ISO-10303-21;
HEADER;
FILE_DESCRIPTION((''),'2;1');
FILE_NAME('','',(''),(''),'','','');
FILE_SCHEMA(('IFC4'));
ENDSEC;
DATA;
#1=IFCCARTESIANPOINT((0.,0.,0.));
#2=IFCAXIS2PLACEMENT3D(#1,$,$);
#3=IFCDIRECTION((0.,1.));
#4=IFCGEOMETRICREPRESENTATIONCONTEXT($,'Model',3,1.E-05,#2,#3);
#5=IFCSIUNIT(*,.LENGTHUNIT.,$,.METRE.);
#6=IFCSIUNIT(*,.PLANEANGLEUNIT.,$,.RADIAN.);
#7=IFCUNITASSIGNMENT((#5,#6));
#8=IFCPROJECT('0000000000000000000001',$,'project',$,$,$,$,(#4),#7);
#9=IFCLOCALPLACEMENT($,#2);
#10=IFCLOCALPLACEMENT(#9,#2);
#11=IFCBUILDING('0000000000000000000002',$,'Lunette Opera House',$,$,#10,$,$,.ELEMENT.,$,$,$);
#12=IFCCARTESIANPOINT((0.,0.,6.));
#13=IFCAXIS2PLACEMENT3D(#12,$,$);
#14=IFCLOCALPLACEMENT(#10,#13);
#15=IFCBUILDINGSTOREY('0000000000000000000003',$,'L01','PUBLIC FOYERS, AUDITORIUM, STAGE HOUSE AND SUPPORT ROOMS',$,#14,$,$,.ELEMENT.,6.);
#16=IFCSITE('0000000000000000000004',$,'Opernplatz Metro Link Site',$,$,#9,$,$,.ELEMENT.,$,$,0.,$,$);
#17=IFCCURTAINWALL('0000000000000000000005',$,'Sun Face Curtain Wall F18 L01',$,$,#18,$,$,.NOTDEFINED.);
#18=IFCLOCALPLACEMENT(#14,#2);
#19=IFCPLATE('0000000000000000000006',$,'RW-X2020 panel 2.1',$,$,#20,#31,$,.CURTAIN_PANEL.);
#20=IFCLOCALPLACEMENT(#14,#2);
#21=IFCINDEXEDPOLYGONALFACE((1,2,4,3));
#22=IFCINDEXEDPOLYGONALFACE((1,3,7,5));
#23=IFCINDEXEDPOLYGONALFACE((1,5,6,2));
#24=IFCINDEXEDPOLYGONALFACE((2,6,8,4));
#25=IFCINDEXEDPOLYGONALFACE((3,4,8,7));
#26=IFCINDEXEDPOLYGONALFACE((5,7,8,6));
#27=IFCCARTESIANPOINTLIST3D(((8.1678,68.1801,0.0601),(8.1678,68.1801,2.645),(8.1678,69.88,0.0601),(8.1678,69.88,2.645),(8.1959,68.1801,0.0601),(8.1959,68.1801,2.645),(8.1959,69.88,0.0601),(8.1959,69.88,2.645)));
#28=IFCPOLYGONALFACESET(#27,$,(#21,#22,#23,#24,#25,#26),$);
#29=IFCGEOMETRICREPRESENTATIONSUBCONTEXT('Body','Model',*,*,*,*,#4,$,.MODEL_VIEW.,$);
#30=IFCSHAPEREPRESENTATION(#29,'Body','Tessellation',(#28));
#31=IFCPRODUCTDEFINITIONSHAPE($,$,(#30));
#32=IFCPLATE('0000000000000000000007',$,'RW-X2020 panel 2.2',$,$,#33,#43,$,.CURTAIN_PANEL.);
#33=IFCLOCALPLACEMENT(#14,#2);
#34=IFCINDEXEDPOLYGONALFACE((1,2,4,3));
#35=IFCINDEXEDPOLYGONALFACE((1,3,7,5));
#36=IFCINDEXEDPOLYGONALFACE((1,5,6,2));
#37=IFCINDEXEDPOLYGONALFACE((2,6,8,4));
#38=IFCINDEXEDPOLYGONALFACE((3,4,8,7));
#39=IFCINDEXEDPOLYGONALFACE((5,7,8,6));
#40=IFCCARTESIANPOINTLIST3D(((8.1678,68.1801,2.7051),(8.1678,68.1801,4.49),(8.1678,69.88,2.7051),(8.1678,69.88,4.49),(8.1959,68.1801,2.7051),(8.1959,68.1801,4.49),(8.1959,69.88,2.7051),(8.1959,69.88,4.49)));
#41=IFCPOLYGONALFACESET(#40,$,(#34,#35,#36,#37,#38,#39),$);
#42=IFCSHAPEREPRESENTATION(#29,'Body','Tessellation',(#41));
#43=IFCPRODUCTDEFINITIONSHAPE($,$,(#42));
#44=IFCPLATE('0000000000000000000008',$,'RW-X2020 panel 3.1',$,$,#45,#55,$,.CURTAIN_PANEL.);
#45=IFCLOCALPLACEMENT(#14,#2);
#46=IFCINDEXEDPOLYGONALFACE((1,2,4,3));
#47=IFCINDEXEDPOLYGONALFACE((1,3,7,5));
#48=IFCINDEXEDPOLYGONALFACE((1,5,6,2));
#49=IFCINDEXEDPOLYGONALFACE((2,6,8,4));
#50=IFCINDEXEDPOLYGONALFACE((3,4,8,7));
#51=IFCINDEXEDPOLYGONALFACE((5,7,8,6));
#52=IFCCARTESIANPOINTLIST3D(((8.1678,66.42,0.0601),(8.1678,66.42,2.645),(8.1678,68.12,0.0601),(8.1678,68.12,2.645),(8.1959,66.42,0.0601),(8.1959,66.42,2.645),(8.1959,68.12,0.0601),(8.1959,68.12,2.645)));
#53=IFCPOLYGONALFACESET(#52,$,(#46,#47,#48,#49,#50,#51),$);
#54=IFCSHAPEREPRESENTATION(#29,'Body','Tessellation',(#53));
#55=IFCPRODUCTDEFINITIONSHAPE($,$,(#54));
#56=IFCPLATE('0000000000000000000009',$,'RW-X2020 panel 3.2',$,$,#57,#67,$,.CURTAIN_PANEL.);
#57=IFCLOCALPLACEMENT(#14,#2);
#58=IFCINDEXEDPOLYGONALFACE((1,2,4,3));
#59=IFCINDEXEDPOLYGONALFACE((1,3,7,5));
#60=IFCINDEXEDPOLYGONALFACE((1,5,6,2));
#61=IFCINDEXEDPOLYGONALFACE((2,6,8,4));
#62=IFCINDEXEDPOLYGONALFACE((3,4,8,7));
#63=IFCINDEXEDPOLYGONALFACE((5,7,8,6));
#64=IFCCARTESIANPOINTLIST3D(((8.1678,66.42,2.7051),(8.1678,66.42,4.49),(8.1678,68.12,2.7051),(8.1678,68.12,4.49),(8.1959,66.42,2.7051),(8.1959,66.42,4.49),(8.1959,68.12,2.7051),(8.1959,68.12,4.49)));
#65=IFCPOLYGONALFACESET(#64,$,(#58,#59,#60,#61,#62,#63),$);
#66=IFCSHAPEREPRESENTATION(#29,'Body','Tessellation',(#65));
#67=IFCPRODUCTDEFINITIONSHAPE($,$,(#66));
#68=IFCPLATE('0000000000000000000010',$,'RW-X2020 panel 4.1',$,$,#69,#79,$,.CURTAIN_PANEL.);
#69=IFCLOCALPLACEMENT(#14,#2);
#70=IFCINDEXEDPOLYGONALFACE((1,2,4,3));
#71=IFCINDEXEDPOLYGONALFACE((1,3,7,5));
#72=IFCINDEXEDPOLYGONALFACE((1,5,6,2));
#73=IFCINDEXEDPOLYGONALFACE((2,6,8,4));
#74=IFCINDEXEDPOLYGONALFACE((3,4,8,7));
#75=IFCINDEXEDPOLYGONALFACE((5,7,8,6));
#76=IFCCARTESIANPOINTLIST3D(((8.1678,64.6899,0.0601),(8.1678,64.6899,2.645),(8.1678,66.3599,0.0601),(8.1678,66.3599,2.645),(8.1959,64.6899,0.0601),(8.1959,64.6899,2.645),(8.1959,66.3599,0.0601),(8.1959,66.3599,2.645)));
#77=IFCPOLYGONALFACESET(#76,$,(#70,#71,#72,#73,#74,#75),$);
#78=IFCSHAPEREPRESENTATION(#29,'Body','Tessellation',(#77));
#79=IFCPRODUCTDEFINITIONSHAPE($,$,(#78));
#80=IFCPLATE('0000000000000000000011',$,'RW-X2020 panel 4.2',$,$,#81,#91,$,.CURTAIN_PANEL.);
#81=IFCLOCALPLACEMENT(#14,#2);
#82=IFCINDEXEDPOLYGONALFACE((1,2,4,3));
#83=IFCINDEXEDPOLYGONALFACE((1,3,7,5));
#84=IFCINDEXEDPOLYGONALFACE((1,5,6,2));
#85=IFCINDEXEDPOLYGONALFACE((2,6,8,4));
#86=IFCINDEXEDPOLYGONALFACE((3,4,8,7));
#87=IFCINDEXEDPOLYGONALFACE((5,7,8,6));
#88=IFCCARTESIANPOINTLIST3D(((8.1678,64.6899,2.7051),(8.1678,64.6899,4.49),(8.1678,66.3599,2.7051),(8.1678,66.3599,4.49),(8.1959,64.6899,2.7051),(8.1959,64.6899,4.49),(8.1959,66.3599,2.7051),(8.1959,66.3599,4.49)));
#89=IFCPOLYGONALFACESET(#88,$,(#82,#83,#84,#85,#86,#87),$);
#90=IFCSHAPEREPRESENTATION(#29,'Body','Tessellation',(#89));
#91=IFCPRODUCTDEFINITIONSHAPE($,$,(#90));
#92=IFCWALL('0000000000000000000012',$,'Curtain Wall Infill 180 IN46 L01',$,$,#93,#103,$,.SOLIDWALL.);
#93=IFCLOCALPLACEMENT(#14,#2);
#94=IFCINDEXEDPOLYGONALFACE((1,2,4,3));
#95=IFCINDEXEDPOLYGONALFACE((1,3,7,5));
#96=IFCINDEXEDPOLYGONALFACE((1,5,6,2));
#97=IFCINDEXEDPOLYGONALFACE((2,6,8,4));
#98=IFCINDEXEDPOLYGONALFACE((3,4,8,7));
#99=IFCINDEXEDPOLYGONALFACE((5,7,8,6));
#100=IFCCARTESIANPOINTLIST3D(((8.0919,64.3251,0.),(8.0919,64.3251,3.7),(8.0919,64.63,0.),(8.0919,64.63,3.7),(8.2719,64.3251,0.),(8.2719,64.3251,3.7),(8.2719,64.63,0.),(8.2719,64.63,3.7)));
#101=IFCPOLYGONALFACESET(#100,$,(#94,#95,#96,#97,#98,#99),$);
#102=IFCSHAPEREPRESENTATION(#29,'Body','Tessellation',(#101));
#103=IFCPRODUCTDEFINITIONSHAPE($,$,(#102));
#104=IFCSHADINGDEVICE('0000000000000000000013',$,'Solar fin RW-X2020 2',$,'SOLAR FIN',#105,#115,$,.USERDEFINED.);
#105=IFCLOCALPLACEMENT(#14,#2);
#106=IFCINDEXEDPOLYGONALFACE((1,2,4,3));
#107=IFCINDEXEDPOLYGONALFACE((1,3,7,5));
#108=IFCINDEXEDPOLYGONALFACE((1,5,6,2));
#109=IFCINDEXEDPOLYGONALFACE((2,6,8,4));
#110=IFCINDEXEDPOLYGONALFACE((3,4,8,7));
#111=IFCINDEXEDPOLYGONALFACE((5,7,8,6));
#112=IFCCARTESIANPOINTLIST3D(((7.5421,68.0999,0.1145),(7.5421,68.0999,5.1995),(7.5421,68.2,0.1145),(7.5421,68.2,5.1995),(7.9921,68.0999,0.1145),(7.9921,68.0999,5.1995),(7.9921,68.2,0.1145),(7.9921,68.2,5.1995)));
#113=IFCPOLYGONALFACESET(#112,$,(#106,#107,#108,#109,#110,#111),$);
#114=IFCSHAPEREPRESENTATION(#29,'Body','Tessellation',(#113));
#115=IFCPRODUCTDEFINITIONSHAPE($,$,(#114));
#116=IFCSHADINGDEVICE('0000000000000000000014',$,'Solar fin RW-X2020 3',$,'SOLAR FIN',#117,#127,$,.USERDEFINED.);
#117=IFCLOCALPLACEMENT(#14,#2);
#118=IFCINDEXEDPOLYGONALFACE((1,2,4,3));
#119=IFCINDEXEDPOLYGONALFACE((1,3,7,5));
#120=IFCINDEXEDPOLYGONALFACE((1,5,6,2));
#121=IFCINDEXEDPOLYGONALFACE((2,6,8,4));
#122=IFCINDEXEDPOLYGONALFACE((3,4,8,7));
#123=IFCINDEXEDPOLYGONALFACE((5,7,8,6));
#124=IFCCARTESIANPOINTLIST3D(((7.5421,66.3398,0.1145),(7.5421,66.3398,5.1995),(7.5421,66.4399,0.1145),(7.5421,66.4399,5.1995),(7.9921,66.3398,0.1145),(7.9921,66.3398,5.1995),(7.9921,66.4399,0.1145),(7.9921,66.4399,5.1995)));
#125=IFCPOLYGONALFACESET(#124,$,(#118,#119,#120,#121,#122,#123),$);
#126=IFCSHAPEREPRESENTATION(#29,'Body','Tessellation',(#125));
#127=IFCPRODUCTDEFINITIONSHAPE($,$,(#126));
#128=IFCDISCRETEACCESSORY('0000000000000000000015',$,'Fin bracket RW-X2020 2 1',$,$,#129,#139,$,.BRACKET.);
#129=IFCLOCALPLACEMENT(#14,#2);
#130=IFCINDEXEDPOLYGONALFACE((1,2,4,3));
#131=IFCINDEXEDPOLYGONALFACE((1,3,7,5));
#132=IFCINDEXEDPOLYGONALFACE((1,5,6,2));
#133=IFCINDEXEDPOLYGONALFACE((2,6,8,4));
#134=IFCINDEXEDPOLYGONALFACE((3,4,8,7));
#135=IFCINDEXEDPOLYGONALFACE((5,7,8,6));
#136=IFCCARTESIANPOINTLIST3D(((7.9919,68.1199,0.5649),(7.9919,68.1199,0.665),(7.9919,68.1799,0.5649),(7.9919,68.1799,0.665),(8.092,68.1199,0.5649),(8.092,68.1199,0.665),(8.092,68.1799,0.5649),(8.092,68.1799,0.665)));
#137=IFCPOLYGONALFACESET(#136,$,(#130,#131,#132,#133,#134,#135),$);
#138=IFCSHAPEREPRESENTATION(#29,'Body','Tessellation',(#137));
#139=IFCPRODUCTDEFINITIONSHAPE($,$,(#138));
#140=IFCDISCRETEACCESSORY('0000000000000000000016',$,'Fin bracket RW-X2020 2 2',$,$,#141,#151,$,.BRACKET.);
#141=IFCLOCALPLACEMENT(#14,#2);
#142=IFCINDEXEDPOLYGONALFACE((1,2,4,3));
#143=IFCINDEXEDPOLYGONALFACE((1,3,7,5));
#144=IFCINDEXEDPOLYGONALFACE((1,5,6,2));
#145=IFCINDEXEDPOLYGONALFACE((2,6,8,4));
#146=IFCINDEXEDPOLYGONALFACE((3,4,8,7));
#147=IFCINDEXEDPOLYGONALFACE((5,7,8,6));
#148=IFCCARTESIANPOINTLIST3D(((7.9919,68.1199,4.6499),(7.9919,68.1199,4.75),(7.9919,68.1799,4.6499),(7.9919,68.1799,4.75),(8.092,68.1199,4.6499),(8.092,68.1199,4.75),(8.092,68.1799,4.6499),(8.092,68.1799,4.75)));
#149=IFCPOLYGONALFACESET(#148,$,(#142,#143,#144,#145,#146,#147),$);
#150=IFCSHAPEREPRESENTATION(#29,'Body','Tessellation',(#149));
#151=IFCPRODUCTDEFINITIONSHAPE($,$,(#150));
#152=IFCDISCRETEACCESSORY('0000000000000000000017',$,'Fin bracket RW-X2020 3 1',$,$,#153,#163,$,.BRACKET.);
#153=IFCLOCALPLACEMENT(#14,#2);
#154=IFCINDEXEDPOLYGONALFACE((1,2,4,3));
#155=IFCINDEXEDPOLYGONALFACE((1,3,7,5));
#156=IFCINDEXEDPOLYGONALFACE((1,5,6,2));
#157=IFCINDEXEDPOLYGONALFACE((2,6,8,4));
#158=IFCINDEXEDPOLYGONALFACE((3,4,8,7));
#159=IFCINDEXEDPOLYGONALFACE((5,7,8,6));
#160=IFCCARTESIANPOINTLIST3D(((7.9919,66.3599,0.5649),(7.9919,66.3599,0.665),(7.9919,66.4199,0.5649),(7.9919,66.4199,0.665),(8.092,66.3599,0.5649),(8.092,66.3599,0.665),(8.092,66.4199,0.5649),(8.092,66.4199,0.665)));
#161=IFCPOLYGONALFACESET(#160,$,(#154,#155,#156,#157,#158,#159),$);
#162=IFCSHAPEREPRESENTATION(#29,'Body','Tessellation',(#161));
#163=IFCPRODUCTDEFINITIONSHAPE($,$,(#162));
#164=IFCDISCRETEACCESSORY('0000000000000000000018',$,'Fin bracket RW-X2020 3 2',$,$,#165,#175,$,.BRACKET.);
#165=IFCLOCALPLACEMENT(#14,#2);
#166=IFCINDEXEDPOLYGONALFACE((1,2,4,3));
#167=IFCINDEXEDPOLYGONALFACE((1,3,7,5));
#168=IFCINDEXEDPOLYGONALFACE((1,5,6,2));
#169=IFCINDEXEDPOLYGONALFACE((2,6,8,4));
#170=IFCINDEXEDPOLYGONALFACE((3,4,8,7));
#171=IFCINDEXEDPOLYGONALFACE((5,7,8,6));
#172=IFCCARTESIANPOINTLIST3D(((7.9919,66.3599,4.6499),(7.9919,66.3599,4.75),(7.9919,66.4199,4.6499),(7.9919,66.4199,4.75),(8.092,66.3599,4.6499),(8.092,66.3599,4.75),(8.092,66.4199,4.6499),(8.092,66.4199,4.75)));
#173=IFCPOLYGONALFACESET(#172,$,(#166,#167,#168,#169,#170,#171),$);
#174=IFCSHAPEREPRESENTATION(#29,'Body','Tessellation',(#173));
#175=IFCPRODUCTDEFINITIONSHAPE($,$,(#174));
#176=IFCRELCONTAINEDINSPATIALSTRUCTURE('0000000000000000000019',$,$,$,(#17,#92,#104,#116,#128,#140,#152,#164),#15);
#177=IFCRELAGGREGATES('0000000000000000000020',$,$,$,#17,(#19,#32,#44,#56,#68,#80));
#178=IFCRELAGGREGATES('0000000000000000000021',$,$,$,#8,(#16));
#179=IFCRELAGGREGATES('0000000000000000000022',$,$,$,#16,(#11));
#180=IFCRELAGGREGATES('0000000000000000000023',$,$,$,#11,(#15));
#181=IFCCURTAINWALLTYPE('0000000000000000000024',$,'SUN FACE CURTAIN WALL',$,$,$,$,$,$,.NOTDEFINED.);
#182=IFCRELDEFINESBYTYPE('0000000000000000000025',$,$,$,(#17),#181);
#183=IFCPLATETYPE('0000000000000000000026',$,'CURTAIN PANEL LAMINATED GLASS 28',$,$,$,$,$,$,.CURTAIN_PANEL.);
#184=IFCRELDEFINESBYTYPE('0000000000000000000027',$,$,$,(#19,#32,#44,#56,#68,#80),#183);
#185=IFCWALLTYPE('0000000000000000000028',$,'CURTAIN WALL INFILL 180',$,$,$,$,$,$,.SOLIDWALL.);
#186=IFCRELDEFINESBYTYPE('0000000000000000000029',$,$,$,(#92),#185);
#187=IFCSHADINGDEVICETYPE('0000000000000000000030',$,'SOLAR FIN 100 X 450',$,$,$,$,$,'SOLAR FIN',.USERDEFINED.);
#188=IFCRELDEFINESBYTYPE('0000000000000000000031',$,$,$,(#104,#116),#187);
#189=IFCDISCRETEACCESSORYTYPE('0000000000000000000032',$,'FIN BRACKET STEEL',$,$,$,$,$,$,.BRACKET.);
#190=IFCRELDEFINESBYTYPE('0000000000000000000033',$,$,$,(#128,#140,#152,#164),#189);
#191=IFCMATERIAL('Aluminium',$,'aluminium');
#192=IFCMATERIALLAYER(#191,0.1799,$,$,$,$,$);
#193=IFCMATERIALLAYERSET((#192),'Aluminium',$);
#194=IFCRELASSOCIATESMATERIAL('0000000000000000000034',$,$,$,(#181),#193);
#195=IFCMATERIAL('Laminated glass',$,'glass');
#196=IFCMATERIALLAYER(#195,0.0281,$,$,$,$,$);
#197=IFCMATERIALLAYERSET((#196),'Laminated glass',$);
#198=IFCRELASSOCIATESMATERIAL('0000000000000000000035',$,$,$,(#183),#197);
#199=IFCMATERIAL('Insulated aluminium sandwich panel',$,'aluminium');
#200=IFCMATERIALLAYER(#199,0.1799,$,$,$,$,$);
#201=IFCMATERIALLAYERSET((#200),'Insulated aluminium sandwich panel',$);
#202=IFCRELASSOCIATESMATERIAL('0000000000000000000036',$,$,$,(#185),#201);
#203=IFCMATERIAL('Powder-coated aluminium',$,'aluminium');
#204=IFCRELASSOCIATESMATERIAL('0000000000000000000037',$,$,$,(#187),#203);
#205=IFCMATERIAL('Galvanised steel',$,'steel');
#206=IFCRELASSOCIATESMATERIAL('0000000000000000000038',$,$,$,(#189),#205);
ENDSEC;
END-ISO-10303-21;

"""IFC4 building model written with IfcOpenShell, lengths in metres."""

from ifc_helpers import new_model, si_unit, direction, frame, frame_2d, origin, origin_2d, place, context, subcontext, project, spatial, rectangle, extrude, material, layer, layer_set, type_object, element, aggregate, save


model = new_model("IFC4")

# Units and contexts
model_context = context("Model", 3, precision=1e-05, world=origin(), true_north=direction((0.0, 1.0)))
body_context = subcontext(model_context, "Body", "Model", "MODEL_VIEW")
ifc_project = project(units=[si_unit("LENGTHUNIT", "METRE"), si_unit("PLANEANGLEUNIT", "RADIAN")], contexts=[model_context])

# Site, building, storey
site_placement = place(None, origin())
site = spatial("IfcSite", under=ifc_project, at=site_placement, Name="Opernplatz Metro Link Site", CompositionType="ELEMENT", RefElevation=0.0)
building_placement = place(site_placement, origin())
building = spatial("IfcBuilding", under=site, at=building_placement, Name="Lunette Opera House", CompositionType="ELEMENT")
storey_placement = place(building_placement, frame((0.0, 0.0, 6.0)))
storey = spatial("IfcBuildingStorey", under=building, at=storey_placement, Name="L01", Description="PUBLIC FOYERS, AUDITORIUM, STAGE HOUSE AND SUPPORT ROOMS", CompositionType="ELEMENT", Elevation=6.0)

# Curtain wall
ifc_material_1 = material(Name="Aluminium", Category="aluminium")
ifc_layer_1 = layer(ifc_material_1, 0.1799)
ifc_layer_set_1 = layer_set([ifc_layer_1], Name="Aluminium")
curtain_wall_type = type_object("IfcCurtainWallType", Name="SUN FACE CURTAIN WALL", PredefinedType="NOTDEFINED", material=ifc_layer_set_1)
curtain_wall_placement = place(storey_placement, origin())
curtain_wall = element("IfcCurtainWall", 1, at=curtain_wall_placement, inside=storey, type_object=curtain_wall_type, Name="Sun Face Curtain Wall F18 L01", PredefinedType="NOTDEFINED")

# Plates
ifc_material_2 = material(Name="Laminated glass", Category="glass")
ifc_layer_2 = layer(ifc_material_2, 0.0281)
ifc_layer_set_2 = layer_set([ifc_layer_2], Name="Laminated glass")
plate_type = type_object("IfcPlateType", Name="CURTAIN PANEL LAMINATED GLASS 28", PredefinedType="CURTAIN_PANEL", material=ifc_layer_set_2)
plate_1_placement = place(storey_placement, frame((8.1819, 69.03, 0.0601), z_axis=(0.0, 0.0, 1.0), x_axis=(0.0, -1.0, 0.0)))
plate_1 = element("IfcPlate", 2, at=plate_1_placement, type_object=plate_type, Name="RW-X2020 panel 2.1", PredefinedType="CURTAIN_PANEL", context=body_context, shape_type="SweptSolid", body=[
    extrude(rectangle(XDim=1.7, YDim=0.0281, at=origin_2d()), origin(), (0.0, 0.0, 1.0), 2.585),
])
plate_2_placement = place(storey_placement, frame((8.1819, 69.03, 2.7051), z_axis=(0.0, 0.0, 1.0), x_axis=(0.0, -1.0, 0.0)))
plate_2 = element("IfcPlate", 3, at=plate_2_placement, type_object=plate_type, Name="RW-X2020 panel 2.2", PredefinedType="CURTAIN_PANEL", context=body_context, shape_type="SweptSolid", body=[
    extrude(rectangle(XDim=1.7, YDim=0.0281, at=origin_2d()), origin(), (0.0, 0.0, 1.0), 1.7849),
])
plate_3_placement = place(storey_placement, frame((8.1819, 67.27, 0.0601), z_axis=(0.0, 0.0, 1.0), x_axis=(0.0, -1.0, 0.0)))
plate_3 = element("IfcPlate", 4, at=plate_3_placement, type_object=plate_type, Name="RW-X2020 panel 3.1", PredefinedType="CURTAIN_PANEL", context=body_context, shape_type="SweptSolid", body=[
    extrude(rectangle(XDim=1.7, YDim=0.0281, at=origin_2d()), origin(), (0.0, 0.0, 1.0), 2.585),
])
plate_4_placement = place(storey_placement, frame((8.1819, 67.27, 2.7051), z_axis=(0.0, 0.0, 1.0), x_axis=(0.0, -1.0, 0.0)))
plate_4 = element("IfcPlate", 5, at=plate_4_placement, type_object=plate_type, Name="RW-X2020 panel 3.2", PredefinedType="CURTAIN_PANEL", context=body_context, shape_type="SweptSolid", body=[
    extrude(rectangle(XDim=1.7, YDim=0.0281, at=origin_2d()), origin(), (0.0, 0.0, 1.0), 1.7849),
])
plate_5_placement = place(storey_placement, frame((8.1819, 65.5249, 0.0601), z_axis=(0.0, 0.0, 1.0), x_axis=(0.0, -1.0, 0.0)))
plate_5 = element("IfcPlate", 6, at=plate_5_placement, type_object=plate_type, Name="RW-X2020 panel 4.1", PredefinedType="CURTAIN_PANEL", context=body_context, shape_type="SweptSolid", body=[
    extrude(rectangle(XDim=1.6699, YDim=0.0281, at=origin_2d()), origin(), (0.0, 0.0, 1.0), 2.585),
])
plate_6_placement = place(storey_placement, frame((8.1819, 65.5249, 2.7051), z_axis=(0.0, 0.0, 1.0), x_axis=(0.0, -1.0, 0.0)))
plate_6 = element("IfcPlate", 7, at=plate_6_placement, type_object=plate_type, Name="RW-X2020 panel 4.2", PredefinedType="CURTAIN_PANEL", context=body_context, shape_type="SweptSolid", body=[
    extrude(rectangle(XDim=1.6699, YDim=0.0281, at=origin_2d()), origin(), (0.0, 0.0, 1.0), 1.7849),
])
aggregate(curtain_wall, [plate_1, plate_2, plate_3, plate_4, plate_5, plate_6])

# Wall
ifc_material_3 = material(Name="Insulated aluminium sandwich panel", Category="aluminium")
ifc_layer_3 = layer(ifc_material_3, 0.1799)
ifc_layer_set_3 = layer_set([ifc_layer_3], Name="Insulated aluminium sandwich panel")
wall_type = type_object("IfcWallType", Name="CURTAIN WALL INFILL 180", PredefinedType="SOLIDWALL", material=ifc_layer_set_3)
wall_placement = place(storey_placement, frame((8.1819, 64.6299, 0.0), z_axis=(0.0, 0.0, 1.0), x_axis=(0.0, -1.0, 0.0)))
element("IfcWall", 8, at=wall_placement, inside=storey, type_object=wall_type, Name="Curtain Wall Infill 180 IN46 L01", PredefinedType="SOLIDWALL", context=body_context, shape_type="SweptSolid", body=[
    extrude(rectangle(XDim=0.3049, YDim=0.1799, at=frame_2d((0.1523, 0.0))), origin(), (0.0, 0.0, 1.0), 3.7),
])

# Shading devices
ifc_material_4 = material(Name="Powder-coated aluminium", Category="aluminium")
shading_device_type = type_object("IfcShadingDeviceType", Name="SOLAR FIN 100 X 450", ElementType="SOLAR FIN", PredefinedType="USERDEFINED", material=ifc_material_4)
for number, where, z_axis, x_axis, name in (
    (9, (7.7671, 68.1499, 0.1145), (0.0, 0.0, 1.0), (-1.0, 0.0, 0.0), "Solar fin RW-X2020 2"),
    (10, (7.7671, 66.3899, 0.1145), (0.0, 0.0, 1.0), (-1.0, 0.0, 0.0), "Solar fin RW-X2020 3"),
):
    element("IfcShadingDevice", number, at=place(storey_placement, frame(where, z_axis=z_axis, x_axis=x_axis)), inside=storey, type_object=shading_device_type, Name=name, ObjectType="SOLAR FIN", PredefinedType="USERDEFINED", context=body_context, shape_type="SweptSolid", body=[
        extrude(rectangle(XDim=0.45, YDim=0.1001, at=origin_2d()), origin(), (0.0, 0.0, 1.0), 5.085),
    ])

# Discrete accessories
ifc_material_5 = material(Name="Galvanised steel", Category="steel")
discrete_accessory_type = type_object("IfcDiscreteAccessoryType", Name="FIN BRACKET STEEL", PredefinedType="BRACKET", material=ifc_material_5)
for number, where, z_axis, x_axis, name in (
    (11, (8.042, 68.1499, 0.5649), (0.0, 0.0, 1.0), (-1.0, 0.0, 0.0), "Fin bracket RW-X2020 2 1"),
    (12, (8.042, 68.1499, 4.6499), (0.0, 0.0, 1.0), (-1.0, 0.0, 0.0), "Fin bracket RW-X2020 2 2"),
    (13, (8.042, 66.3899, 0.5649), (0.0, 0.0, 1.0), (-1.0, 0.0, 0.0), "Fin bracket RW-X2020 3 1"),
    (14, (8.042, 66.3899, 4.6499), (0.0, 0.0, 1.0), (-1.0, 0.0, 0.0), "Fin bracket RW-X2020 3 2"),
):
    element("IfcDiscreteAccessory", number, at=place(storey_placement, frame(where, z_axis=z_axis, x_axis=x_axis)), inside=storey, type_object=discrete_accessory_type, Name=name, PredefinedType="BRACKET", context=body_context, shape_type="SweptSolid", body=[
        extrude(rectangle(XDim=0.1001, YDim=0.0601, at=origin_2d()), origin(), (0.0, 0.0, 1.0), 0.1001),
    ])

save(model, "model.ifc")
